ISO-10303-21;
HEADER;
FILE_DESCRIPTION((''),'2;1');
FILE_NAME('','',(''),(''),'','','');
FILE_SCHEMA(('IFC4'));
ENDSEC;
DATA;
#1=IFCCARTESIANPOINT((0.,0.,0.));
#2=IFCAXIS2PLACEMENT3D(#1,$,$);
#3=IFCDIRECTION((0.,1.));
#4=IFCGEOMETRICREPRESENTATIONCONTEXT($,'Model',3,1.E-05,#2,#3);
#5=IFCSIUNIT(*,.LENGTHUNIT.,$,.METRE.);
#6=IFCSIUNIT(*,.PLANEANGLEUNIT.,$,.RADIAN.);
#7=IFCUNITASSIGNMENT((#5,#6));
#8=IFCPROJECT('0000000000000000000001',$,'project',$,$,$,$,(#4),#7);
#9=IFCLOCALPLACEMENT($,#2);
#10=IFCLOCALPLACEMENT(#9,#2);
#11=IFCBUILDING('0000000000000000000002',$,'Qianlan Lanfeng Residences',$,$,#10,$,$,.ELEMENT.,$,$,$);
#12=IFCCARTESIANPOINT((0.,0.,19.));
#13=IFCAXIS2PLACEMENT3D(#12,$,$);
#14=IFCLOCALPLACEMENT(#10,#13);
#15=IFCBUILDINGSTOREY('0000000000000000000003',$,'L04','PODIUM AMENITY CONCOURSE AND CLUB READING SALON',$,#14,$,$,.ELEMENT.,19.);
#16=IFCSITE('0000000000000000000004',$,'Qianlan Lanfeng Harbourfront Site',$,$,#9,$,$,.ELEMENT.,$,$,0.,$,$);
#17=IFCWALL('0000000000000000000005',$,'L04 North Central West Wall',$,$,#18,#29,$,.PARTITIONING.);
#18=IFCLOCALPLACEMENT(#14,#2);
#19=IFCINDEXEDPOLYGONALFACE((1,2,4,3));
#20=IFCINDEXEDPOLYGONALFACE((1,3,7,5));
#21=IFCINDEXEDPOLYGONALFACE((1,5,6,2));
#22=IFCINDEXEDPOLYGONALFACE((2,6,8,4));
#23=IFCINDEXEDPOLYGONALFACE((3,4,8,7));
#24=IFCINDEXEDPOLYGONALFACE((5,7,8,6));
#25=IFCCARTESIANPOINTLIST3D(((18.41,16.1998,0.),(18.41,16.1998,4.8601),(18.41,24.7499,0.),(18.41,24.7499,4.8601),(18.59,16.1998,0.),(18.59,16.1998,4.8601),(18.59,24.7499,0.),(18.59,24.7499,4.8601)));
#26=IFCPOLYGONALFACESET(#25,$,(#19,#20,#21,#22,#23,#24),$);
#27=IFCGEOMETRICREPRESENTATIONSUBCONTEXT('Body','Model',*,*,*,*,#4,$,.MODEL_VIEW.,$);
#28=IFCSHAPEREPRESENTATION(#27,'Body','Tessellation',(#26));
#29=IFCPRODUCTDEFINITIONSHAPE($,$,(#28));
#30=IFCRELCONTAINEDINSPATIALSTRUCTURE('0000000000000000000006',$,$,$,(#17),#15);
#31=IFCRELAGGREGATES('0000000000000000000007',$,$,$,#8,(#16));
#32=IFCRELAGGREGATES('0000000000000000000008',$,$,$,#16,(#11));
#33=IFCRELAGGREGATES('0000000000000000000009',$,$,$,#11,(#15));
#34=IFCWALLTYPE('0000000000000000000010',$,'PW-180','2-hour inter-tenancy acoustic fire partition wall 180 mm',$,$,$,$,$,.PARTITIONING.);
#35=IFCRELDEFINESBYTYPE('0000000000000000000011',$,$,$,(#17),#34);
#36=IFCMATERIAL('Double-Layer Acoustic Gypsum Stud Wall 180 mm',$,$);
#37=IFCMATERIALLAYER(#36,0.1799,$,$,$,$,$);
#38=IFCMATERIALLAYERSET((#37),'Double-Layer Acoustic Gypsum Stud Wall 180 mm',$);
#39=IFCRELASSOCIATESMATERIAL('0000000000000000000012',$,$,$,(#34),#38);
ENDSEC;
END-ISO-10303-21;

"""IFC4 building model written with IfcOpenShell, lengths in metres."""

from ifc_helpers import new_model, si_unit, direction, frame, frame_2d, origin, place, context, subcontext, project, spatial, rectangle, extrude, material, layer, layer_set, type_object, element, save


model = new_model("IFC4")

# Units and contexts
model_context = context("Model", 3, precision=1e-05, world=origin(), true_north=direction((0.0, 1.0)))
body_context = subcontext(model_context, "Body", "Model", "MODEL_VIEW")
ifc_project = project(units=[si_unit("LENGTHUNIT", "METRE"), si_unit("PLANEANGLEUNIT", "RADIAN")], contexts=[model_context])

# Site, building, storey
site_placement = place(None, origin())
site = spatial("IfcSite", under=ifc_project, at=site_placement, Name="Qianlan Lanfeng Harbourfront Site", CompositionType="ELEMENT", RefElevation=0.0)
building_placement = place(site_placement, origin())
building = spatial("IfcBuilding", under=site, at=building_placement, Name="Qianlan Lanfeng Residences", CompositionType="ELEMENT")
storey_placement = place(building_placement, frame((0.0, 0.0, 19.0)))
storey = spatial("IfcBuildingStorey", under=building, at=storey_placement, Name="L04", Description="PODIUM AMENITY CONCOURSE AND CLUB READING SALON", CompositionType="ELEMENT", Elevation=19.0)

# Wall
ifc_material_1 = material(Name="Double-Layer Acoustic Gypsum Stud Wall 180 mm")
ifc_layer_1 = layer(ifc_material_1, 0.1799)
ifc_layer_set_1 = layer_set([ifc_layer_1], Name="Double-Layer Acoustic Gypsum Stud Wall 180 mm")
wall_type = type_object("IfcWallType", Name="PW-180", Description="2-hour inter-tenancy acoustic fire partition wall 180 mm", PredefinedType="PARTITIONING", material=ifc_layer_set_1)
wall_1_placement = place(storey_placement, frame((18.5, 16.2, 0.0), z_axis=(0.0, 0.0, 1.0), x_axis=(0.0, 1.0, 0.0)))
element("IfcWall", 1, at=wall_1_placement, inside=storey, type_object=wall_type, Name="L04 North Central West Wall", PredefinedType="PARTITIONING", context=body_context, shape_type="SweptSolid", body=[
    extrude(rectangle(XDim=8.55, YDim=0.1799, at=frame_2d((4.2749, 0.0))), origin(), (0.0, 0.0, 1.0), 4.8601),
])

save(model, "model.ifc")
